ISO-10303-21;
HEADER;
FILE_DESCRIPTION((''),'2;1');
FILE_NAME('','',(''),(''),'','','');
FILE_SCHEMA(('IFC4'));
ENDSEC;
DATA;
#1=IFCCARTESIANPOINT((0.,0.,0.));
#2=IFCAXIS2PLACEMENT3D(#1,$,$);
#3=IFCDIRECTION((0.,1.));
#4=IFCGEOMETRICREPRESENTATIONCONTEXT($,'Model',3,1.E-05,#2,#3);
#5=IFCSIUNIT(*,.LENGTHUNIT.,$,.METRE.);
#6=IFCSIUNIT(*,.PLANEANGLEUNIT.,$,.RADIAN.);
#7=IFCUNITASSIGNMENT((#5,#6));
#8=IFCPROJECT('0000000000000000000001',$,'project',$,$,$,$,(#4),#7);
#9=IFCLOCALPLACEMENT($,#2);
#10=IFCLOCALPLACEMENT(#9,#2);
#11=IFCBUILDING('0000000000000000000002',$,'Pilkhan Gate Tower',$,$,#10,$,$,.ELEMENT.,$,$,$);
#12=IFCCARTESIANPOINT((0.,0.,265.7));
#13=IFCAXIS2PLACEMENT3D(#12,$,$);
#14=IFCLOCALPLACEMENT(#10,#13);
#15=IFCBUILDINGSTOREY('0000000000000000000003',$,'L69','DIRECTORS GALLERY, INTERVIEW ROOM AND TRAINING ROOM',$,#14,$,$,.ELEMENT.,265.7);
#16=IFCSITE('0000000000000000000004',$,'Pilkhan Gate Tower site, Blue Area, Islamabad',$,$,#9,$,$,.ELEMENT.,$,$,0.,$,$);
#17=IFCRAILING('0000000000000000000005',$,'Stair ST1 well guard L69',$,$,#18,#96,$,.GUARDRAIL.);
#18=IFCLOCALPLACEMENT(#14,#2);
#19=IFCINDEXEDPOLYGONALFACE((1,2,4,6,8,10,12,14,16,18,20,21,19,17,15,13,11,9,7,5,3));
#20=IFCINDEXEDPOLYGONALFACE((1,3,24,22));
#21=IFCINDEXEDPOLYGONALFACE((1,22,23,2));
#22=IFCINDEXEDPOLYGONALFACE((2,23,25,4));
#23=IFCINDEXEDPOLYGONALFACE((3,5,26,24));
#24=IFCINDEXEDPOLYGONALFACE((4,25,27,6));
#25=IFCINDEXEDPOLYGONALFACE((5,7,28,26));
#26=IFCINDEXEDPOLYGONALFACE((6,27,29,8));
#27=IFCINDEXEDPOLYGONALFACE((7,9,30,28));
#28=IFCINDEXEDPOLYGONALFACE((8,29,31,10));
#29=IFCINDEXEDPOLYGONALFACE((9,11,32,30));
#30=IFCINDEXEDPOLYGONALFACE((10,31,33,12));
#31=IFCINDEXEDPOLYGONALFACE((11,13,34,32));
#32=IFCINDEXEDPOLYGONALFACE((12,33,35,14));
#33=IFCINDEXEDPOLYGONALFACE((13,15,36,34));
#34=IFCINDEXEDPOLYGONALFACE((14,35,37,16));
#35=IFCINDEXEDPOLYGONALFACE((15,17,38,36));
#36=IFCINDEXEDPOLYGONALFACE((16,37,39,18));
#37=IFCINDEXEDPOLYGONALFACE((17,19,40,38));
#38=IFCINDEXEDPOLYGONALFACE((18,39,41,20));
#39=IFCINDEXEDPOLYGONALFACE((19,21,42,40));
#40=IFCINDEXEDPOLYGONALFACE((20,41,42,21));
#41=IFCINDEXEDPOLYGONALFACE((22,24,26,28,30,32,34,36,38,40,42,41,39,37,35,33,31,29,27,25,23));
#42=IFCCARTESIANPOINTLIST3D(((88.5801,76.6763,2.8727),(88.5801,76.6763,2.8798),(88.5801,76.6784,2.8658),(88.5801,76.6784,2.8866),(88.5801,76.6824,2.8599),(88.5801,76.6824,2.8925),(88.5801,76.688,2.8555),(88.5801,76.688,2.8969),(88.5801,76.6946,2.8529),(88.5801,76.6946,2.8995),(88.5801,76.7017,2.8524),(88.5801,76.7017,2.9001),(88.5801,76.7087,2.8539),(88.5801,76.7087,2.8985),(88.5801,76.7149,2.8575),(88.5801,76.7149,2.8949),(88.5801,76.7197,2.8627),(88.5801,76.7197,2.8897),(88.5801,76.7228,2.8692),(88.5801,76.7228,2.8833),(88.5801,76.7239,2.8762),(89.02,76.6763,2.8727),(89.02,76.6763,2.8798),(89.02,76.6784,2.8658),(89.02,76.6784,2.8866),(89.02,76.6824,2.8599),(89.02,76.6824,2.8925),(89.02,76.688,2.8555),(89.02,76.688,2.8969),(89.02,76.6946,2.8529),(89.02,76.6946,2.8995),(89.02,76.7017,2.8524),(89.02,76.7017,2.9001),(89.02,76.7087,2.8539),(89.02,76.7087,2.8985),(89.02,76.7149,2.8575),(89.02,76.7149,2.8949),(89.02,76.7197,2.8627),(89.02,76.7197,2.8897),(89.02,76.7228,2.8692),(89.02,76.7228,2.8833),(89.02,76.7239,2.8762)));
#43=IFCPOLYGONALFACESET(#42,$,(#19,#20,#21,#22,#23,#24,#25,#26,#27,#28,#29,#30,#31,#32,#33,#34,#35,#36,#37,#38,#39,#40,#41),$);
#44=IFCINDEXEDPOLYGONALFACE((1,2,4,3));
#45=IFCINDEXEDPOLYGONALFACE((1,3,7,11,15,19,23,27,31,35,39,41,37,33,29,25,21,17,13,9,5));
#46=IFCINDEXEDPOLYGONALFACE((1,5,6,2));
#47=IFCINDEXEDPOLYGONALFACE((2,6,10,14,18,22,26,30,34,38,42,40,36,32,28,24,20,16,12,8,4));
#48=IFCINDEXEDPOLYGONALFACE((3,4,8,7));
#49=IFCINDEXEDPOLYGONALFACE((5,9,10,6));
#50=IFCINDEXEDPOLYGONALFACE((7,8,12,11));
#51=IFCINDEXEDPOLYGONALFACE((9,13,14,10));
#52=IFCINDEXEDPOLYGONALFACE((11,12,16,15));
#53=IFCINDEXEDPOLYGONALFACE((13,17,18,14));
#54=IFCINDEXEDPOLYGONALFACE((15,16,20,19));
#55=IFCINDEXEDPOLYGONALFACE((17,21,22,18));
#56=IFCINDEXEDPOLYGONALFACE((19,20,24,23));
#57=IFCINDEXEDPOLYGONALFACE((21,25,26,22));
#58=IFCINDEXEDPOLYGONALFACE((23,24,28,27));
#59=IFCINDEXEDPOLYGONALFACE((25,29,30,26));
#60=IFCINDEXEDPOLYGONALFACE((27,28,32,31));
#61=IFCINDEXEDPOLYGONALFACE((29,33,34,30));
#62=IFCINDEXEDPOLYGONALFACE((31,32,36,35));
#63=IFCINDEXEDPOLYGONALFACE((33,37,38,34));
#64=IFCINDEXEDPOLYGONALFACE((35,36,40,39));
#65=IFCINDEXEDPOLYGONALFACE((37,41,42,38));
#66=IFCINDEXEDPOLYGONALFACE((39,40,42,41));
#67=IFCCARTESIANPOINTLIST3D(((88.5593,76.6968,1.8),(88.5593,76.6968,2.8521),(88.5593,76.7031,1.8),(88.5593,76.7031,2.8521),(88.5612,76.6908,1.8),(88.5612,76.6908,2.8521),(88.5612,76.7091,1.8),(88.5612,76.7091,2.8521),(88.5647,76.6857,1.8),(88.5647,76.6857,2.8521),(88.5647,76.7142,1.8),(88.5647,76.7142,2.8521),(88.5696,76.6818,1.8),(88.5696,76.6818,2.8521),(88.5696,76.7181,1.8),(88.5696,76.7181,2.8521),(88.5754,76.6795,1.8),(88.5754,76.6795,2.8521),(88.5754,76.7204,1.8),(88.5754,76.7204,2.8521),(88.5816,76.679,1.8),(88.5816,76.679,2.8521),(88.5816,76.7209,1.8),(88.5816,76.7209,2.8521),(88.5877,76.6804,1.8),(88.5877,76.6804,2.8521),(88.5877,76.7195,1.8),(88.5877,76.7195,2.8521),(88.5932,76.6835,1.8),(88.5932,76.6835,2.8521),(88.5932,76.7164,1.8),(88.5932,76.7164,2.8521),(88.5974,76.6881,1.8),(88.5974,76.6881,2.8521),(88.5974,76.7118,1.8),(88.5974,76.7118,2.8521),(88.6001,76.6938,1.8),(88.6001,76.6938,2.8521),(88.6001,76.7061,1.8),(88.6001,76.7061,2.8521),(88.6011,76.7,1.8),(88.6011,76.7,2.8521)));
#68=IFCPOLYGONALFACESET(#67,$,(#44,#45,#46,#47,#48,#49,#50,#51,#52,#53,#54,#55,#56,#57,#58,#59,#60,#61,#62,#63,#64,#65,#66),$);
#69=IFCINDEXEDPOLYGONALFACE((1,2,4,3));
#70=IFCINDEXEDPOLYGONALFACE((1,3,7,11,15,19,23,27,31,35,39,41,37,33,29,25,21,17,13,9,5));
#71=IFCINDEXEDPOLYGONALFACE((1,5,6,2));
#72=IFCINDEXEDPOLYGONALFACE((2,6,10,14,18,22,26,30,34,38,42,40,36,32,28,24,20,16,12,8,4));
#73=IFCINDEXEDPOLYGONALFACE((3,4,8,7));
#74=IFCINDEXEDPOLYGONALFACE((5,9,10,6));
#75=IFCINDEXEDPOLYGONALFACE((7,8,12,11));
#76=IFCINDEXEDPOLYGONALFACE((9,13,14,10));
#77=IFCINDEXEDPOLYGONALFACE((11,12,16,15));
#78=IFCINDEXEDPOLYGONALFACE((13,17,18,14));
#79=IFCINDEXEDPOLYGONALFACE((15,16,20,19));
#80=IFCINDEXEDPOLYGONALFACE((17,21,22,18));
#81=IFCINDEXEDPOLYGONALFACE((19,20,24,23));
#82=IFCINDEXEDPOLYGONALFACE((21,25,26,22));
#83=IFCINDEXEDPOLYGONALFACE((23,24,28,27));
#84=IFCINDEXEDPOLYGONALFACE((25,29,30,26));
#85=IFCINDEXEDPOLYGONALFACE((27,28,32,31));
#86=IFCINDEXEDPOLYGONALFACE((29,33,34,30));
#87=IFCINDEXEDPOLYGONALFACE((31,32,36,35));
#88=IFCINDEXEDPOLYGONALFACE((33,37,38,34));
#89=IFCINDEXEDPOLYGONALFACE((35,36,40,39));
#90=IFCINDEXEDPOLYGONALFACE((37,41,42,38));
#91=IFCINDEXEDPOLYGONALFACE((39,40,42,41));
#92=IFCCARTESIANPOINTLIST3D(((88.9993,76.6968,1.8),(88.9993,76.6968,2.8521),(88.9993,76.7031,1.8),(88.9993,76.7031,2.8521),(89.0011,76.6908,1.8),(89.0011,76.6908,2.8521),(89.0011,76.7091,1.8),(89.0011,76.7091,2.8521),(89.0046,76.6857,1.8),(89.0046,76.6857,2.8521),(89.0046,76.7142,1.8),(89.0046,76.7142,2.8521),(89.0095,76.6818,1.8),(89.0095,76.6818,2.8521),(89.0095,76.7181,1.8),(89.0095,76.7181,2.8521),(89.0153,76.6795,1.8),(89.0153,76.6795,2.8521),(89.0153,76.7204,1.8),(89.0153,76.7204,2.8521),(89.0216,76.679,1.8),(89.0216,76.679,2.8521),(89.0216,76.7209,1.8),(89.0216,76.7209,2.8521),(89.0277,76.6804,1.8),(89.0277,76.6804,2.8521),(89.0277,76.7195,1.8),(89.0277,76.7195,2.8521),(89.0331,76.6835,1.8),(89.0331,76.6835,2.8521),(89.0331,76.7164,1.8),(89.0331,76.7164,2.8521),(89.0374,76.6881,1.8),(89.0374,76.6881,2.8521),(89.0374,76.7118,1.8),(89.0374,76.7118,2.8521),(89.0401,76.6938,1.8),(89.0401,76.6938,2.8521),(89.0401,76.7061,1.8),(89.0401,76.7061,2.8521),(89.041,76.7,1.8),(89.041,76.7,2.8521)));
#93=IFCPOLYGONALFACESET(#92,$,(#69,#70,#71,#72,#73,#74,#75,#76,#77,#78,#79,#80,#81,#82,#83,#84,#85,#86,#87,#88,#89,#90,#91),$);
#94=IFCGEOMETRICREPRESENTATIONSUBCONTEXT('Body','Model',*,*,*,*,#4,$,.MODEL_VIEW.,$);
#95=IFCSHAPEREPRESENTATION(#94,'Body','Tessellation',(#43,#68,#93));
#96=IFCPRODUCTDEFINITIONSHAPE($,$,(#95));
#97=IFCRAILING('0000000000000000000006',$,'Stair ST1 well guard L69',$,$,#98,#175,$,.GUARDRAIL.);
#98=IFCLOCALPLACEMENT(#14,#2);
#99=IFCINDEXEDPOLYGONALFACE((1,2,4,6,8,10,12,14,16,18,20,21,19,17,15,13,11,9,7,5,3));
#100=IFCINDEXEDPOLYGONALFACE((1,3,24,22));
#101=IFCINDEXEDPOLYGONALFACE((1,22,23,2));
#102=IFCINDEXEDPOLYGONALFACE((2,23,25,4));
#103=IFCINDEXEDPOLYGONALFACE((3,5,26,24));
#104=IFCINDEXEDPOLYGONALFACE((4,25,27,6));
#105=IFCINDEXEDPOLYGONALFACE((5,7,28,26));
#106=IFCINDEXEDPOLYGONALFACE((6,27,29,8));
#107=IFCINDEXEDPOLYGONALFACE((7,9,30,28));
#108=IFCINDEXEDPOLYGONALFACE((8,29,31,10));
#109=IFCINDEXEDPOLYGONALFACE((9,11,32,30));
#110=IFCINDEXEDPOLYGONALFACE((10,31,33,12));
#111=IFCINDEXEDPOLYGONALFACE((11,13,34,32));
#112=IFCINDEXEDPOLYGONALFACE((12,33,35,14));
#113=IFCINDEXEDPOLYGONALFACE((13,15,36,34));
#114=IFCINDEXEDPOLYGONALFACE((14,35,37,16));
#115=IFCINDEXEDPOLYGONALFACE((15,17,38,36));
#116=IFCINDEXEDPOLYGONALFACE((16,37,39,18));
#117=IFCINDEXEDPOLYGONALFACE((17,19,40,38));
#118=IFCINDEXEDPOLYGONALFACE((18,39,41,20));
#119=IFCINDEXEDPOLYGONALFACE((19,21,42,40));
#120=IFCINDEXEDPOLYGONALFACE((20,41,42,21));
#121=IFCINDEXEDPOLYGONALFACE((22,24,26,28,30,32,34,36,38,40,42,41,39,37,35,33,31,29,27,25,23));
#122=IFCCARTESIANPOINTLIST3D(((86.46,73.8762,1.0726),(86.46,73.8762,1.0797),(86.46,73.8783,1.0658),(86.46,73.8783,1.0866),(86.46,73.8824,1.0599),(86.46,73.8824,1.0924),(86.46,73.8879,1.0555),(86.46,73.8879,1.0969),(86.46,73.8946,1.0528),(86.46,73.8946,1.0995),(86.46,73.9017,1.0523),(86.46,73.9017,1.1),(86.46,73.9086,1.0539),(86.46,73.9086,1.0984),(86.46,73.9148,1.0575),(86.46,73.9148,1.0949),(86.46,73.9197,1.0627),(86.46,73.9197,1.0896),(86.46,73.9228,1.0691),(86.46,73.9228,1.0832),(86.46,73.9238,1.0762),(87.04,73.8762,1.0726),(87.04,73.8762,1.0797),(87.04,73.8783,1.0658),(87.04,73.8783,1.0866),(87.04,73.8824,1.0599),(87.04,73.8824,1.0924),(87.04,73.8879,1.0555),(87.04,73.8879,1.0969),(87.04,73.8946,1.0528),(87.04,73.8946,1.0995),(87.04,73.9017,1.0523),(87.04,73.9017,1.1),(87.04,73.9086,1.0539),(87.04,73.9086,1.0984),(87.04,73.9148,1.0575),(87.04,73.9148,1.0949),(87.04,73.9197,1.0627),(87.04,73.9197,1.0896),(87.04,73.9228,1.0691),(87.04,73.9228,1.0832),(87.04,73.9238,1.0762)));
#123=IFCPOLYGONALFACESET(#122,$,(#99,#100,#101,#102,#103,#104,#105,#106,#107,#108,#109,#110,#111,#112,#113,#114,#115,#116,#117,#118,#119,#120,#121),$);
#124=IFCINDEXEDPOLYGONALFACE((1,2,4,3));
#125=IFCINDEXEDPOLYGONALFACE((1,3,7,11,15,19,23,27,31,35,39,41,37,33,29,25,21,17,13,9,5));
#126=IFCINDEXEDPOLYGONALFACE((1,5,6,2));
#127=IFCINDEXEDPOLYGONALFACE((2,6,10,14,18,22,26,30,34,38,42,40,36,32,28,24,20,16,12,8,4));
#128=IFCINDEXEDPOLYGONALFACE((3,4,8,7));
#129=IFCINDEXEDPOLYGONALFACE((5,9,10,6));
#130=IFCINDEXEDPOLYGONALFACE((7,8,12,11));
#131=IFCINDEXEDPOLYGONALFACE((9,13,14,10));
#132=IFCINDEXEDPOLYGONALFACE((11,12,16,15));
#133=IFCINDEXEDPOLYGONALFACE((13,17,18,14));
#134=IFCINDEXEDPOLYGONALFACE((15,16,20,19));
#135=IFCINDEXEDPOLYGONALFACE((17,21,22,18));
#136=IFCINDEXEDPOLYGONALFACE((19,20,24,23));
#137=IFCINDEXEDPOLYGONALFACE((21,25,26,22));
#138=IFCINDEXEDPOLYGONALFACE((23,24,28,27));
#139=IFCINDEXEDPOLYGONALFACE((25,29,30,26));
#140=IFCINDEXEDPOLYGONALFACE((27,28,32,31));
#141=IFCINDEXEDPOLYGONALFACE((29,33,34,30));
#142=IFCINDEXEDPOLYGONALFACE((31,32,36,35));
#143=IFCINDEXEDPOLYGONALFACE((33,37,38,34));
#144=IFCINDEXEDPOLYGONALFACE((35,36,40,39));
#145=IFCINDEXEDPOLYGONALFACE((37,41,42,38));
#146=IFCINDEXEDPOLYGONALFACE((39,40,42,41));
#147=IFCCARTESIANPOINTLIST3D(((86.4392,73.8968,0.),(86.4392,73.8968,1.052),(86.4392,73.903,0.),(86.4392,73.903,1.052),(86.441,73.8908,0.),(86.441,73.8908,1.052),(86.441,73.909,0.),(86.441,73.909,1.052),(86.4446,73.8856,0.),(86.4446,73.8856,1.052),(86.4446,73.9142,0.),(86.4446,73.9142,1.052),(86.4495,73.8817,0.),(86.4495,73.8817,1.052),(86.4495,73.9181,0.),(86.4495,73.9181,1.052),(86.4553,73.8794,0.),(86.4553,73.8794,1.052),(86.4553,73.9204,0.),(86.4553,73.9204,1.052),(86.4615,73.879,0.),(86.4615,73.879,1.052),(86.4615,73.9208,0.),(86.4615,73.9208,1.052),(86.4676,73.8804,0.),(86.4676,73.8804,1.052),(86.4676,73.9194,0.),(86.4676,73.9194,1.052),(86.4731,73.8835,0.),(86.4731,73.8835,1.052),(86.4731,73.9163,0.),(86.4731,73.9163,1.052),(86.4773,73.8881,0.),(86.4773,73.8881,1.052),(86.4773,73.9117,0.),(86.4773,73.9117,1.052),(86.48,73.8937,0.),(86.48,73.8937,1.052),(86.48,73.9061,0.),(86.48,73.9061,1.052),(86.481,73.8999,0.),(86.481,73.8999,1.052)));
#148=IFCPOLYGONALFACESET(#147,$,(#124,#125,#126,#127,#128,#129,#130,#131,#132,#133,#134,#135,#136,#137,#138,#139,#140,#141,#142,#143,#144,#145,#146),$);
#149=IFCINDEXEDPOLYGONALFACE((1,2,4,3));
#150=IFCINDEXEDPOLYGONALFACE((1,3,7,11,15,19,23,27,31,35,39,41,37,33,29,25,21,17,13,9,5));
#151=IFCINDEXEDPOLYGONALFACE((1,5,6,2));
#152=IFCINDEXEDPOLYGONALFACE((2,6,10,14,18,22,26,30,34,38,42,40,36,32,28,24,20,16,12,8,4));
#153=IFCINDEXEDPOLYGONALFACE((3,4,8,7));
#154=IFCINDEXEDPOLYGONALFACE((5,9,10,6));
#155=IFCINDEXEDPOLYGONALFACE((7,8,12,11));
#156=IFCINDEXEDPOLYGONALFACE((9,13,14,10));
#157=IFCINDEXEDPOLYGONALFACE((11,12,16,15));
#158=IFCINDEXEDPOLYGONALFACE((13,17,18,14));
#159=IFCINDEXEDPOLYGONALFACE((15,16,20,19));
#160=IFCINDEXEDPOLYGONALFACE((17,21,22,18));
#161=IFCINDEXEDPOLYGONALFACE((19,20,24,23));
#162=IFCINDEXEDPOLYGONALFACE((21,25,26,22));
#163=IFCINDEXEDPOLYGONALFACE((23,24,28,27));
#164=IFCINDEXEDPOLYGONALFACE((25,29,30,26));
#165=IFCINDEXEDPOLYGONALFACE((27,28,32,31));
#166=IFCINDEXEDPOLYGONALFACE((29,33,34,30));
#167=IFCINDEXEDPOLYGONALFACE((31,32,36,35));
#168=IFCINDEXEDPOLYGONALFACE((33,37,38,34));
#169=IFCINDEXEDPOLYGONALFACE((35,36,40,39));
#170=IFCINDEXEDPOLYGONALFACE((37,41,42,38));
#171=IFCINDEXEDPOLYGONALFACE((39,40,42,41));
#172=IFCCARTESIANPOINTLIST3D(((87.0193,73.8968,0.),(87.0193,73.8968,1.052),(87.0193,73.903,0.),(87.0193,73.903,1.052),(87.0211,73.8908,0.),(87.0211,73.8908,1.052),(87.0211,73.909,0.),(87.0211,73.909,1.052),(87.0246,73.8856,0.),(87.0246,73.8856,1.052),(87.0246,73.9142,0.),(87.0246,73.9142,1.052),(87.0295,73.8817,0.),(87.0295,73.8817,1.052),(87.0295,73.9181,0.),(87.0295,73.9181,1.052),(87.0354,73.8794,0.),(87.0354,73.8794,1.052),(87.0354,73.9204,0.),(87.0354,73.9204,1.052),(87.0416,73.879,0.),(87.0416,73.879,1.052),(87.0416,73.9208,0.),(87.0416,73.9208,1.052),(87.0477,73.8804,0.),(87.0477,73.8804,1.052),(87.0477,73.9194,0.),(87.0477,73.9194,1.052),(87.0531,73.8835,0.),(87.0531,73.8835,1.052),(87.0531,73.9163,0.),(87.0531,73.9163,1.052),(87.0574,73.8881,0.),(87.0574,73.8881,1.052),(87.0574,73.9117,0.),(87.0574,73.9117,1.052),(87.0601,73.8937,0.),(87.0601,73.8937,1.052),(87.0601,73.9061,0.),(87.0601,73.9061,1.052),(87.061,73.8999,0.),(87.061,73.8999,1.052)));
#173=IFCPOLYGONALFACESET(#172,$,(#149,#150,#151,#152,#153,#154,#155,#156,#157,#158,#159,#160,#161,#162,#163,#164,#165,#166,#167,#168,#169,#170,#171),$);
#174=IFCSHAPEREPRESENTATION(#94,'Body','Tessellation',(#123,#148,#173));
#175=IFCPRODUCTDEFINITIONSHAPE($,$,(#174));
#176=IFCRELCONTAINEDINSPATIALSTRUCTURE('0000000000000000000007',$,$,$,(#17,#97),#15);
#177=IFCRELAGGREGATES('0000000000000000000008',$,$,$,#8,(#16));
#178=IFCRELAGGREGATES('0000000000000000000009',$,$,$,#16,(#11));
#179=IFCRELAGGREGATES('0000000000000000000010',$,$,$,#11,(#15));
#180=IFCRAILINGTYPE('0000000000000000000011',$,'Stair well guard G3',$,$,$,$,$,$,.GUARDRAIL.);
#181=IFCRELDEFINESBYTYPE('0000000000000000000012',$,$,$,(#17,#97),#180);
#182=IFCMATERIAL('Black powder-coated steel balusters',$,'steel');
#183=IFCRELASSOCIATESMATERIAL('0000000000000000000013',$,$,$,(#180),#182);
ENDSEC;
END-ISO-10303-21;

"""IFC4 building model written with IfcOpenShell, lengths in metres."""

from ifc_helpers import new_model, si_unit, direction, frame, origin, origin_2d, place, context, subcontext, project, spatial, circle, extrude, material, type_object, element, save


model = new_model("IFC4")

# Units and contexts
model_context = context("Model", 3, precision=1e-05, world=origin(), true_north=direction((0.0, 1.0)))
body_context = subcontext(model_context, "Body", "Model", "MODEL_VIEW")
ifc_project = project(units=[si_unit("LENGTHUNIT", "METRE"), si_unit("PLANEANGLEUNIT", "RADIAN")], contexts=[model_context])

# Site, building, storey
site_placement = place(None, origin())
site = spatial("IfcSite", under=ifc_project, at=site_placement, Name="Pilkhan Gate Tower site, Blue Area, Islamabad", CompositionType="ELEMENT", RefElevation=0.0)
building_placement = place(site_placement, origin())
building = spatial("IfcBuilding", under=site, at=building_placement, Name="Pilkhan Gate Tower", CompositionType="ELEMENT")
storey_placement = place(building_placement, frame((0.0, 0.0, 265.7)))
storey = spatial("IfcBuildingStorey", under=building, at=storey_placement, Name="L69", Description="DIRECTORS GALLERY, INTERVIEW ROOM AND TRAINING ROOM", CompositionType="ELEMENT", Elevation=265.7)

# Railings
ifc_material_1 = material(Name="Black powder-coated steel balusters", Category="steel")
railing_type_1 = type_object("IfcRailingType", Name="Stair well guard G3", PredefinedType="GUARDRAIL", material=ifc_material_1)
railing_1_placement = place(storey_placement, frame((88.5801, 76.7, 1.8)))
element("IfcRailing", 1, at=railing_1_placement, inside=storey, type_object=railing_type_1, Name="Stair ST1 well guard L69", PredefinedType="GUARDRAIL", context=body_context, shape_type="SweptSolid", body=[
    extrude(circle(Radius=0.0239, at=origin_2d()), frame((0.0, 0.0, 1.0762), z_axis=(1.0, 0.0, 0.0), x_axis=(0.0, 1.0, 0.0)), (0.0, 0.0, 1.0), 0.4399),
    extrude(circle(Radius=0.021, at=origin_2d()), origin(), (0.0, 0.0, 1.0), 1.052),
    extrude(circle(Radius=0.021, at=origin_2d()), frame((0.4399, 0.0, 0.0)), (0.0, 0.0, 1.0), 1.052),
])
for number, where, name in (
    (2, (86.46, 73.8999, 0.0), "Stair ST1 well guard L69"),
):
    element("IfcRailing", number, at=place(storey_placement, frame(where)), inside=storey, type_object=railing_type_1, Name=name, PredefinedType="GUARDRAIL", context=body_context, shape_type="SweptSolid", body=[
        extrude(circle(Radius=0.0239, at=origin_2d()), frame((0.0, 0.0, 1.0762), z_axis=(1.0, 0.0, 0.0), x_axis=(0.0, 1.0, 0.0)), (0.0, 0.0, 1.0), 0.5801),
        extrude(circle(Radius=0.021, at=origin_2d()), origin(), (0.0, 0.0, 1.0), 1.052),
        extrude(circle(Radius=0.021, at=origin_2d()), frame((0.5801, 0.0, 0.0)), (0.0, 0.0, 1.0), 1.052),
    ])

save(model, "model.ifc")
